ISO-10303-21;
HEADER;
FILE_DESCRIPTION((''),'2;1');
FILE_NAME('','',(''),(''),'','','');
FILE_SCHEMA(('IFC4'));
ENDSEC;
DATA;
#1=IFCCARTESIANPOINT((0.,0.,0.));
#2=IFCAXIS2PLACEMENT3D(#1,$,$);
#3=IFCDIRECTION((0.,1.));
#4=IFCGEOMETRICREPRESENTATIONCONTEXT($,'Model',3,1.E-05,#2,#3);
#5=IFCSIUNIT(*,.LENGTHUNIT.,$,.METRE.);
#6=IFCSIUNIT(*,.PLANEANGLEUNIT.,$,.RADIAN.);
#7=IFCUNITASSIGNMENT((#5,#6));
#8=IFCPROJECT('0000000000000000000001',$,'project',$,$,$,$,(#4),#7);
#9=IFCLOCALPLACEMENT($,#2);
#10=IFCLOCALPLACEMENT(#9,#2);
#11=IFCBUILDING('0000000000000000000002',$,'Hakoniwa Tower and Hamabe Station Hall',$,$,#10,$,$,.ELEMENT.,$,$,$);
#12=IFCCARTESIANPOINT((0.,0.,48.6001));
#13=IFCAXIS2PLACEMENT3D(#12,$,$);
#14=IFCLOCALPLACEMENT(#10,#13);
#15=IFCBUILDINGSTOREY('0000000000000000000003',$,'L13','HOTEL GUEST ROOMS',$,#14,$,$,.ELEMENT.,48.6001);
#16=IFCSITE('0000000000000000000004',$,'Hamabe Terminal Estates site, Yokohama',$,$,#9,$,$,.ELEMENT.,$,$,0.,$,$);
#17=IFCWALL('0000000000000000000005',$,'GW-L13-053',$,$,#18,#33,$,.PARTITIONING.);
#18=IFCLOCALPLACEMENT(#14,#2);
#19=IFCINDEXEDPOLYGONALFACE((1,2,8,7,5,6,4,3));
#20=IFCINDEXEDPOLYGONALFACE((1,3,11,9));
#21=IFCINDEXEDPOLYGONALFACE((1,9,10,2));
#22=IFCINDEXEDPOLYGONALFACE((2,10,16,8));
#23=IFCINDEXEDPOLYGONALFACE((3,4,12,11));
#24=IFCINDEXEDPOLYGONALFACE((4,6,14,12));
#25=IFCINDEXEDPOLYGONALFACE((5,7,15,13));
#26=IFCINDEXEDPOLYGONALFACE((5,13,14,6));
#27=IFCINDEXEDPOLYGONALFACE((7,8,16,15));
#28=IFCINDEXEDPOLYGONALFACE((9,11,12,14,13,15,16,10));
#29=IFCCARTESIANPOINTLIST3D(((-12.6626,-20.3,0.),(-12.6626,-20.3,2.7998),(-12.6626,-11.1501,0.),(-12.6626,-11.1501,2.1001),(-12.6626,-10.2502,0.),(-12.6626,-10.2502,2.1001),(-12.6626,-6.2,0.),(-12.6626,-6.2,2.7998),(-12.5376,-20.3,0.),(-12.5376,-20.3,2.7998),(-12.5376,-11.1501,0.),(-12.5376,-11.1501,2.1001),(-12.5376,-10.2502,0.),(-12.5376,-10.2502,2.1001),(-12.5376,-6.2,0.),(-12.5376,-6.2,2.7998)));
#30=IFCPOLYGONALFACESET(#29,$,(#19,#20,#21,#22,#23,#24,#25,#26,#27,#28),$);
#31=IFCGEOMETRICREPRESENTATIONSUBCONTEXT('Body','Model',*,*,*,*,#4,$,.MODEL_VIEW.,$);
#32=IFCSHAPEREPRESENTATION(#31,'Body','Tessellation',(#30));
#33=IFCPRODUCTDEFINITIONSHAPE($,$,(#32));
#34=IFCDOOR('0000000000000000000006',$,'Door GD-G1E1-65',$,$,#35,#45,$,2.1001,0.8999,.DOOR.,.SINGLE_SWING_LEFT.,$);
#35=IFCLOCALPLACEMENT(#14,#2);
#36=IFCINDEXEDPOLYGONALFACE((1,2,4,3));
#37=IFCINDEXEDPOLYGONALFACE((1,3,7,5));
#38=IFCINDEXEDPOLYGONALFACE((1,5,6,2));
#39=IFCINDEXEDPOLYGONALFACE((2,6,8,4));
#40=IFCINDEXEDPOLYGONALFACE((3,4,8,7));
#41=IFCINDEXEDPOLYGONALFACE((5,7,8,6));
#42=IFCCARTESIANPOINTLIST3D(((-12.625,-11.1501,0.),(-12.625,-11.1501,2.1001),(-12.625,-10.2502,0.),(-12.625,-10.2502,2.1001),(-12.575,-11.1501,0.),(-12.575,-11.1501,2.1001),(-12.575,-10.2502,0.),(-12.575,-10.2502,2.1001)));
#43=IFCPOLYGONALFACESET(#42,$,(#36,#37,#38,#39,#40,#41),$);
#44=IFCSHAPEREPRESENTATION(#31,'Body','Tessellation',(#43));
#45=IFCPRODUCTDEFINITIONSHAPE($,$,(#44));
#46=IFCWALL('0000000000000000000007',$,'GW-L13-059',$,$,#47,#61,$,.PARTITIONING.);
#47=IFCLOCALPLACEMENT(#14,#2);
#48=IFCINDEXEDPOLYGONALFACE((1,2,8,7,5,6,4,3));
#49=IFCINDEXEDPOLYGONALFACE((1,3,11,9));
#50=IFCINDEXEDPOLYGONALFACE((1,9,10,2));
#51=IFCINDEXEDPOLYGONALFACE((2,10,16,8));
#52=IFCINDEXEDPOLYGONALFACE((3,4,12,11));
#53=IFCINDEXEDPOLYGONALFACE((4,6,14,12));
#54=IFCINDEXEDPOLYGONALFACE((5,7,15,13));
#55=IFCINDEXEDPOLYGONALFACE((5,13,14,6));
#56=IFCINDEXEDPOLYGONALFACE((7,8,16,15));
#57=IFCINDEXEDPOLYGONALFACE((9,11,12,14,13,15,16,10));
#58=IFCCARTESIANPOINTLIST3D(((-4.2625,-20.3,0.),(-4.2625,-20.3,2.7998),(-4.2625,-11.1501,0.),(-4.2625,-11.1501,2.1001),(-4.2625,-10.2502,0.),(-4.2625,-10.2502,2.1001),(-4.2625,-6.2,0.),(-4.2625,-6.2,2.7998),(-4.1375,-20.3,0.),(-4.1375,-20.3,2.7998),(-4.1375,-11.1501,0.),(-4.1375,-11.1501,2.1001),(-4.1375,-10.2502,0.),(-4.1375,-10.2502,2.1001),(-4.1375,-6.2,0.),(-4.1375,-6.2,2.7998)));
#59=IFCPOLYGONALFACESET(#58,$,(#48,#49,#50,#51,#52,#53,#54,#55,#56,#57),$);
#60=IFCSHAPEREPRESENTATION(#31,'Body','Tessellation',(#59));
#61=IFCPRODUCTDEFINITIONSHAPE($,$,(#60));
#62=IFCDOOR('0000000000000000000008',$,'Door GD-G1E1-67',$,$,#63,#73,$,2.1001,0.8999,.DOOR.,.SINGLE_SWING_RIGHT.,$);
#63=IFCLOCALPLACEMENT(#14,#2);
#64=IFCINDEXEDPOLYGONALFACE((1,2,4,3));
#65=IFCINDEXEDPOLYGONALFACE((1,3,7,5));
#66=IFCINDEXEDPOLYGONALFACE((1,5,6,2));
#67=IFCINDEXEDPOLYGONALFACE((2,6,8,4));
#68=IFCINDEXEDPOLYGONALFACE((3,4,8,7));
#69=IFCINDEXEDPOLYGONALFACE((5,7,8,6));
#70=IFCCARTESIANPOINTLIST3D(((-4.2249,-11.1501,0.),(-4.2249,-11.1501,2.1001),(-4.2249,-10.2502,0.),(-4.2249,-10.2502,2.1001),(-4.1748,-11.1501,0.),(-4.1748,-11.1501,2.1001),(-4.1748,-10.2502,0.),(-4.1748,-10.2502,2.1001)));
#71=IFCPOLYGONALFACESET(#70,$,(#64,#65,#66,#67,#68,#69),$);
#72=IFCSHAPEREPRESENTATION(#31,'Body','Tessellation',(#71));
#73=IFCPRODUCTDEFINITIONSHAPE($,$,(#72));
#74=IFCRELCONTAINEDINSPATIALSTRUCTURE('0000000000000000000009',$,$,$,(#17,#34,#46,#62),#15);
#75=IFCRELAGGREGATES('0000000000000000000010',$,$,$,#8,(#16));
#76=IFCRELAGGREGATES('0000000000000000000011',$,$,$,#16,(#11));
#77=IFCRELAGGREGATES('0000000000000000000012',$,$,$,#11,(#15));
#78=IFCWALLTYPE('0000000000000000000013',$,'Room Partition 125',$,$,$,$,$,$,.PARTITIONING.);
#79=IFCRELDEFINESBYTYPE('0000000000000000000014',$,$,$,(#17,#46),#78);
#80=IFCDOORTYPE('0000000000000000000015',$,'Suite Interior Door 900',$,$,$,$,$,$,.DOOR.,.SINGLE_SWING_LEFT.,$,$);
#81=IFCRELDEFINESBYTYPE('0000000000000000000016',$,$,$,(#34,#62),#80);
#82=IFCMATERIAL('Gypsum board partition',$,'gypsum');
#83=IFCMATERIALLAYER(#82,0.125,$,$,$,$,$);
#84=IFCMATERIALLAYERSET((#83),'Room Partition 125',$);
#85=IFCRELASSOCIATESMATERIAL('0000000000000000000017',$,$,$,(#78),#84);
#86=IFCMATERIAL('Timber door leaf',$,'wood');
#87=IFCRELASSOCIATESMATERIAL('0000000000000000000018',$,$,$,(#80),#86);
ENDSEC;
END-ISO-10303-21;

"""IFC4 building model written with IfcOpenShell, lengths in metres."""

from ifc_helpers import new_model, si_unit, direction, frame, frame_2d, origin, place, context, subcontext, project, spatial, rectangle, extrude, material, layer, layer_set, type_object, element, fill, save


model = new_model("IFC4")

# Units and contexts
model_context = context("Model", 3, precision=1e-05, world=origin(), true_north=direction((0.0, 1.0)))
body_context = subcontext(model_context, "Body", "Model", "MODEL_VIEW")
ifc_project = project(units=[si_unit("LENGTHUNIT", "METRE"), si_unit("PLANEANGLEUNIT", "RADIAN")], contexts=[model_context])

# Site, building, storey
site_placement = place(None, origin())
site = spatial("IfcSite", under=ifc_project, at=site_placement, Name="Hamabe Terminal Estates site, Yokohama", CompositionType="ELEMENT", RefElevation=0.0)
building_placement = place(site_placement, origin())
building = spatial("IfcBuilding", under=site, at=building_placement, Name="Hakoniwa Tower and Hamabe Station Hall", CompositionType="ELEMENT")
storey_placement = place(building_placement, frame((0.0, 0.0, 48.6001)))
storey = spatial("IfcBuildingStorey", under=building, at=storey_placement, Name="L13", Description="HOTEL GUEST ROOMS", CompositionType="ELEMENT", Elevation=48.6001)

# Walls, openings, doors
ifc_material_1 = material(Name="Gypsum board partition", Category="gypsum")
ifc_layer_1 = layer(ifc_material_1, 0.125)
ifc_layer_set_1 = layer_set([ifc_layer_1], Name="Room Partition 125")
wall_type_1 = type_object("IfcWallType", Name="Room Partition 125", PredefinedType="PARTITIONING", material=ifc_layer_set_1)
wall_1_placement = place(storey_placement, frame((-12.6001, -20.3, 0.0), z_axis=(0.0, 0.0, 1.0), x_axis=(0.0, 1.0, 0.0)))
wall_1 = element("IfcWall", 1, at=wall_1_placement, inside=storey, type_object=wall_type_1, Name="GW-L13-053", PredefinedType="PARTITIONING", context=body_context, shape_type="SweptSolid", body=[
    extrude(rectangle(XDim=14.1001, YDim=0.125, at=frame_2d((7.05, 0.0))), origin(), (0.0, 0.0, 1.0), 2.7998),
])
opening_1_placement = place(wall_1_placement, frame((9.1499, 0.0, 0.0)))
opening_1 = element("IfcOpeningElement", 2, at=opening_1_placement, cuts=wall_1, PredefinedType="OPENING", context=body_context, shape_type="SweptSolid", body=[
    extrude(rectangle(XDim=0.8999, YDim=2.1001, at=frame_2d((0.45, 1.05))), frame((0.0, 0.0725, 0.0), z_axis=(0.0, -1.0, 0.0), x_axis=(1.0, 0.0, 0.0)), (0.0, 0.0, 1.0), 0.145),
])
ifc_material_2 = material(Name="Timber door leaf", Category="wood")
door_type_1 = type_object("IfcDoorType", Name="Suite Interior Door 900", OperationType="SINGLE_SWING_LEFT", PredefinedType="DOOR", material=ifc_material_2)
door_1_placement = place(opening_1_placement, origin())
door_1 = element("IfcDoor", 3, at=door_1_placement, inside=storey, type_object=door_type_1, Name="Door GD-G1E1-65", OperationType="SINGLE_SWING_LEFT", OverallHeight=2.1001, OverallWidth=0.8999, PredefinedType="DOOR", context=body_context, shape_type="SweptSolid", body=[
    extrude(rectangle(XDim=0.8999, YDim=2.1001, at=frame_2d((0.45, 1.05))), frame((0.0, 0.0249, 0.0), z_axis=(0.0, -1.0, 0.0), x_axis=(1.0, 0.0, 0.0)), (0.0, 0.0, 1.0), 0.05),
])
fill(opening_1, door_1)
wall_2_placement = place(storey_placement, frame((-4.2, -20.3, 0.0), z_axis=(0.0, 0.0, 1.0), x_axis=(0.0, 1.0, 0.0)))
wall_2 = element("IfcWall", 4, at=wall_2_placement, inside=storey, type_object=wall_type_1, Name="GW-L13-059", PredefinedType="PARTITIONING", context=body_context, shape_type="SweptSolid", body=[
    extrude(rectangle(XDim=14.1001, YDim=0.125, at=frame_2d((7.05, 0.0))), origin(), (0.0, 0.0, 1.0), 2.7998),
])
opening_2_placement = place(wall_2_placement, frame((9.1499, 0.0, 0.0)))
opening_2 = element("IfcOpeningElement", 5, at=opening_2_placement, cuts=wall_2, PredefinedType="OPENING", context=body_context, shape_type="SweptSolid", body=[
    extrude(rectangle(XDim=0.8999, YDim=2.1001, at=frame_2d((0.45, 1.05))), frame((0.0, 0.0725, 0.0), z_axis=(0.0, -1.0, 0.0), x_axis=(1.0, 0.0, 0.0)), (0.0, 0.0, 1.0), 0.145),
])
door_2_placement = place(opening_2_placement, origin())
door_2 = element("IfcDoor", 6, at=door_2_placement, inside=storey, type_object=door_type_1, Name="Door GD-G1E1-67", OperationType="SINGLE_SWING_RIGHT", OverallHeight=2.1001, OverallWidth=0.8999, PredefinedType="DOOR", context=body_context, shape_type="SweptSolid", body=[
    extrude(rectangle(XDim=0.8999, YDim=2.1001, at=frame_2d((0.45, 1.05))), frame((0.0, 0.0249, 0.0), z_axis=(0.0, -1.0, 0.0), x_axis=(1.0, 0.0, 0.0)), (0.0, 0.0, 1.0), 0.05),
])
fill(opening_2, door_2)

save(model, "model.ifc")
